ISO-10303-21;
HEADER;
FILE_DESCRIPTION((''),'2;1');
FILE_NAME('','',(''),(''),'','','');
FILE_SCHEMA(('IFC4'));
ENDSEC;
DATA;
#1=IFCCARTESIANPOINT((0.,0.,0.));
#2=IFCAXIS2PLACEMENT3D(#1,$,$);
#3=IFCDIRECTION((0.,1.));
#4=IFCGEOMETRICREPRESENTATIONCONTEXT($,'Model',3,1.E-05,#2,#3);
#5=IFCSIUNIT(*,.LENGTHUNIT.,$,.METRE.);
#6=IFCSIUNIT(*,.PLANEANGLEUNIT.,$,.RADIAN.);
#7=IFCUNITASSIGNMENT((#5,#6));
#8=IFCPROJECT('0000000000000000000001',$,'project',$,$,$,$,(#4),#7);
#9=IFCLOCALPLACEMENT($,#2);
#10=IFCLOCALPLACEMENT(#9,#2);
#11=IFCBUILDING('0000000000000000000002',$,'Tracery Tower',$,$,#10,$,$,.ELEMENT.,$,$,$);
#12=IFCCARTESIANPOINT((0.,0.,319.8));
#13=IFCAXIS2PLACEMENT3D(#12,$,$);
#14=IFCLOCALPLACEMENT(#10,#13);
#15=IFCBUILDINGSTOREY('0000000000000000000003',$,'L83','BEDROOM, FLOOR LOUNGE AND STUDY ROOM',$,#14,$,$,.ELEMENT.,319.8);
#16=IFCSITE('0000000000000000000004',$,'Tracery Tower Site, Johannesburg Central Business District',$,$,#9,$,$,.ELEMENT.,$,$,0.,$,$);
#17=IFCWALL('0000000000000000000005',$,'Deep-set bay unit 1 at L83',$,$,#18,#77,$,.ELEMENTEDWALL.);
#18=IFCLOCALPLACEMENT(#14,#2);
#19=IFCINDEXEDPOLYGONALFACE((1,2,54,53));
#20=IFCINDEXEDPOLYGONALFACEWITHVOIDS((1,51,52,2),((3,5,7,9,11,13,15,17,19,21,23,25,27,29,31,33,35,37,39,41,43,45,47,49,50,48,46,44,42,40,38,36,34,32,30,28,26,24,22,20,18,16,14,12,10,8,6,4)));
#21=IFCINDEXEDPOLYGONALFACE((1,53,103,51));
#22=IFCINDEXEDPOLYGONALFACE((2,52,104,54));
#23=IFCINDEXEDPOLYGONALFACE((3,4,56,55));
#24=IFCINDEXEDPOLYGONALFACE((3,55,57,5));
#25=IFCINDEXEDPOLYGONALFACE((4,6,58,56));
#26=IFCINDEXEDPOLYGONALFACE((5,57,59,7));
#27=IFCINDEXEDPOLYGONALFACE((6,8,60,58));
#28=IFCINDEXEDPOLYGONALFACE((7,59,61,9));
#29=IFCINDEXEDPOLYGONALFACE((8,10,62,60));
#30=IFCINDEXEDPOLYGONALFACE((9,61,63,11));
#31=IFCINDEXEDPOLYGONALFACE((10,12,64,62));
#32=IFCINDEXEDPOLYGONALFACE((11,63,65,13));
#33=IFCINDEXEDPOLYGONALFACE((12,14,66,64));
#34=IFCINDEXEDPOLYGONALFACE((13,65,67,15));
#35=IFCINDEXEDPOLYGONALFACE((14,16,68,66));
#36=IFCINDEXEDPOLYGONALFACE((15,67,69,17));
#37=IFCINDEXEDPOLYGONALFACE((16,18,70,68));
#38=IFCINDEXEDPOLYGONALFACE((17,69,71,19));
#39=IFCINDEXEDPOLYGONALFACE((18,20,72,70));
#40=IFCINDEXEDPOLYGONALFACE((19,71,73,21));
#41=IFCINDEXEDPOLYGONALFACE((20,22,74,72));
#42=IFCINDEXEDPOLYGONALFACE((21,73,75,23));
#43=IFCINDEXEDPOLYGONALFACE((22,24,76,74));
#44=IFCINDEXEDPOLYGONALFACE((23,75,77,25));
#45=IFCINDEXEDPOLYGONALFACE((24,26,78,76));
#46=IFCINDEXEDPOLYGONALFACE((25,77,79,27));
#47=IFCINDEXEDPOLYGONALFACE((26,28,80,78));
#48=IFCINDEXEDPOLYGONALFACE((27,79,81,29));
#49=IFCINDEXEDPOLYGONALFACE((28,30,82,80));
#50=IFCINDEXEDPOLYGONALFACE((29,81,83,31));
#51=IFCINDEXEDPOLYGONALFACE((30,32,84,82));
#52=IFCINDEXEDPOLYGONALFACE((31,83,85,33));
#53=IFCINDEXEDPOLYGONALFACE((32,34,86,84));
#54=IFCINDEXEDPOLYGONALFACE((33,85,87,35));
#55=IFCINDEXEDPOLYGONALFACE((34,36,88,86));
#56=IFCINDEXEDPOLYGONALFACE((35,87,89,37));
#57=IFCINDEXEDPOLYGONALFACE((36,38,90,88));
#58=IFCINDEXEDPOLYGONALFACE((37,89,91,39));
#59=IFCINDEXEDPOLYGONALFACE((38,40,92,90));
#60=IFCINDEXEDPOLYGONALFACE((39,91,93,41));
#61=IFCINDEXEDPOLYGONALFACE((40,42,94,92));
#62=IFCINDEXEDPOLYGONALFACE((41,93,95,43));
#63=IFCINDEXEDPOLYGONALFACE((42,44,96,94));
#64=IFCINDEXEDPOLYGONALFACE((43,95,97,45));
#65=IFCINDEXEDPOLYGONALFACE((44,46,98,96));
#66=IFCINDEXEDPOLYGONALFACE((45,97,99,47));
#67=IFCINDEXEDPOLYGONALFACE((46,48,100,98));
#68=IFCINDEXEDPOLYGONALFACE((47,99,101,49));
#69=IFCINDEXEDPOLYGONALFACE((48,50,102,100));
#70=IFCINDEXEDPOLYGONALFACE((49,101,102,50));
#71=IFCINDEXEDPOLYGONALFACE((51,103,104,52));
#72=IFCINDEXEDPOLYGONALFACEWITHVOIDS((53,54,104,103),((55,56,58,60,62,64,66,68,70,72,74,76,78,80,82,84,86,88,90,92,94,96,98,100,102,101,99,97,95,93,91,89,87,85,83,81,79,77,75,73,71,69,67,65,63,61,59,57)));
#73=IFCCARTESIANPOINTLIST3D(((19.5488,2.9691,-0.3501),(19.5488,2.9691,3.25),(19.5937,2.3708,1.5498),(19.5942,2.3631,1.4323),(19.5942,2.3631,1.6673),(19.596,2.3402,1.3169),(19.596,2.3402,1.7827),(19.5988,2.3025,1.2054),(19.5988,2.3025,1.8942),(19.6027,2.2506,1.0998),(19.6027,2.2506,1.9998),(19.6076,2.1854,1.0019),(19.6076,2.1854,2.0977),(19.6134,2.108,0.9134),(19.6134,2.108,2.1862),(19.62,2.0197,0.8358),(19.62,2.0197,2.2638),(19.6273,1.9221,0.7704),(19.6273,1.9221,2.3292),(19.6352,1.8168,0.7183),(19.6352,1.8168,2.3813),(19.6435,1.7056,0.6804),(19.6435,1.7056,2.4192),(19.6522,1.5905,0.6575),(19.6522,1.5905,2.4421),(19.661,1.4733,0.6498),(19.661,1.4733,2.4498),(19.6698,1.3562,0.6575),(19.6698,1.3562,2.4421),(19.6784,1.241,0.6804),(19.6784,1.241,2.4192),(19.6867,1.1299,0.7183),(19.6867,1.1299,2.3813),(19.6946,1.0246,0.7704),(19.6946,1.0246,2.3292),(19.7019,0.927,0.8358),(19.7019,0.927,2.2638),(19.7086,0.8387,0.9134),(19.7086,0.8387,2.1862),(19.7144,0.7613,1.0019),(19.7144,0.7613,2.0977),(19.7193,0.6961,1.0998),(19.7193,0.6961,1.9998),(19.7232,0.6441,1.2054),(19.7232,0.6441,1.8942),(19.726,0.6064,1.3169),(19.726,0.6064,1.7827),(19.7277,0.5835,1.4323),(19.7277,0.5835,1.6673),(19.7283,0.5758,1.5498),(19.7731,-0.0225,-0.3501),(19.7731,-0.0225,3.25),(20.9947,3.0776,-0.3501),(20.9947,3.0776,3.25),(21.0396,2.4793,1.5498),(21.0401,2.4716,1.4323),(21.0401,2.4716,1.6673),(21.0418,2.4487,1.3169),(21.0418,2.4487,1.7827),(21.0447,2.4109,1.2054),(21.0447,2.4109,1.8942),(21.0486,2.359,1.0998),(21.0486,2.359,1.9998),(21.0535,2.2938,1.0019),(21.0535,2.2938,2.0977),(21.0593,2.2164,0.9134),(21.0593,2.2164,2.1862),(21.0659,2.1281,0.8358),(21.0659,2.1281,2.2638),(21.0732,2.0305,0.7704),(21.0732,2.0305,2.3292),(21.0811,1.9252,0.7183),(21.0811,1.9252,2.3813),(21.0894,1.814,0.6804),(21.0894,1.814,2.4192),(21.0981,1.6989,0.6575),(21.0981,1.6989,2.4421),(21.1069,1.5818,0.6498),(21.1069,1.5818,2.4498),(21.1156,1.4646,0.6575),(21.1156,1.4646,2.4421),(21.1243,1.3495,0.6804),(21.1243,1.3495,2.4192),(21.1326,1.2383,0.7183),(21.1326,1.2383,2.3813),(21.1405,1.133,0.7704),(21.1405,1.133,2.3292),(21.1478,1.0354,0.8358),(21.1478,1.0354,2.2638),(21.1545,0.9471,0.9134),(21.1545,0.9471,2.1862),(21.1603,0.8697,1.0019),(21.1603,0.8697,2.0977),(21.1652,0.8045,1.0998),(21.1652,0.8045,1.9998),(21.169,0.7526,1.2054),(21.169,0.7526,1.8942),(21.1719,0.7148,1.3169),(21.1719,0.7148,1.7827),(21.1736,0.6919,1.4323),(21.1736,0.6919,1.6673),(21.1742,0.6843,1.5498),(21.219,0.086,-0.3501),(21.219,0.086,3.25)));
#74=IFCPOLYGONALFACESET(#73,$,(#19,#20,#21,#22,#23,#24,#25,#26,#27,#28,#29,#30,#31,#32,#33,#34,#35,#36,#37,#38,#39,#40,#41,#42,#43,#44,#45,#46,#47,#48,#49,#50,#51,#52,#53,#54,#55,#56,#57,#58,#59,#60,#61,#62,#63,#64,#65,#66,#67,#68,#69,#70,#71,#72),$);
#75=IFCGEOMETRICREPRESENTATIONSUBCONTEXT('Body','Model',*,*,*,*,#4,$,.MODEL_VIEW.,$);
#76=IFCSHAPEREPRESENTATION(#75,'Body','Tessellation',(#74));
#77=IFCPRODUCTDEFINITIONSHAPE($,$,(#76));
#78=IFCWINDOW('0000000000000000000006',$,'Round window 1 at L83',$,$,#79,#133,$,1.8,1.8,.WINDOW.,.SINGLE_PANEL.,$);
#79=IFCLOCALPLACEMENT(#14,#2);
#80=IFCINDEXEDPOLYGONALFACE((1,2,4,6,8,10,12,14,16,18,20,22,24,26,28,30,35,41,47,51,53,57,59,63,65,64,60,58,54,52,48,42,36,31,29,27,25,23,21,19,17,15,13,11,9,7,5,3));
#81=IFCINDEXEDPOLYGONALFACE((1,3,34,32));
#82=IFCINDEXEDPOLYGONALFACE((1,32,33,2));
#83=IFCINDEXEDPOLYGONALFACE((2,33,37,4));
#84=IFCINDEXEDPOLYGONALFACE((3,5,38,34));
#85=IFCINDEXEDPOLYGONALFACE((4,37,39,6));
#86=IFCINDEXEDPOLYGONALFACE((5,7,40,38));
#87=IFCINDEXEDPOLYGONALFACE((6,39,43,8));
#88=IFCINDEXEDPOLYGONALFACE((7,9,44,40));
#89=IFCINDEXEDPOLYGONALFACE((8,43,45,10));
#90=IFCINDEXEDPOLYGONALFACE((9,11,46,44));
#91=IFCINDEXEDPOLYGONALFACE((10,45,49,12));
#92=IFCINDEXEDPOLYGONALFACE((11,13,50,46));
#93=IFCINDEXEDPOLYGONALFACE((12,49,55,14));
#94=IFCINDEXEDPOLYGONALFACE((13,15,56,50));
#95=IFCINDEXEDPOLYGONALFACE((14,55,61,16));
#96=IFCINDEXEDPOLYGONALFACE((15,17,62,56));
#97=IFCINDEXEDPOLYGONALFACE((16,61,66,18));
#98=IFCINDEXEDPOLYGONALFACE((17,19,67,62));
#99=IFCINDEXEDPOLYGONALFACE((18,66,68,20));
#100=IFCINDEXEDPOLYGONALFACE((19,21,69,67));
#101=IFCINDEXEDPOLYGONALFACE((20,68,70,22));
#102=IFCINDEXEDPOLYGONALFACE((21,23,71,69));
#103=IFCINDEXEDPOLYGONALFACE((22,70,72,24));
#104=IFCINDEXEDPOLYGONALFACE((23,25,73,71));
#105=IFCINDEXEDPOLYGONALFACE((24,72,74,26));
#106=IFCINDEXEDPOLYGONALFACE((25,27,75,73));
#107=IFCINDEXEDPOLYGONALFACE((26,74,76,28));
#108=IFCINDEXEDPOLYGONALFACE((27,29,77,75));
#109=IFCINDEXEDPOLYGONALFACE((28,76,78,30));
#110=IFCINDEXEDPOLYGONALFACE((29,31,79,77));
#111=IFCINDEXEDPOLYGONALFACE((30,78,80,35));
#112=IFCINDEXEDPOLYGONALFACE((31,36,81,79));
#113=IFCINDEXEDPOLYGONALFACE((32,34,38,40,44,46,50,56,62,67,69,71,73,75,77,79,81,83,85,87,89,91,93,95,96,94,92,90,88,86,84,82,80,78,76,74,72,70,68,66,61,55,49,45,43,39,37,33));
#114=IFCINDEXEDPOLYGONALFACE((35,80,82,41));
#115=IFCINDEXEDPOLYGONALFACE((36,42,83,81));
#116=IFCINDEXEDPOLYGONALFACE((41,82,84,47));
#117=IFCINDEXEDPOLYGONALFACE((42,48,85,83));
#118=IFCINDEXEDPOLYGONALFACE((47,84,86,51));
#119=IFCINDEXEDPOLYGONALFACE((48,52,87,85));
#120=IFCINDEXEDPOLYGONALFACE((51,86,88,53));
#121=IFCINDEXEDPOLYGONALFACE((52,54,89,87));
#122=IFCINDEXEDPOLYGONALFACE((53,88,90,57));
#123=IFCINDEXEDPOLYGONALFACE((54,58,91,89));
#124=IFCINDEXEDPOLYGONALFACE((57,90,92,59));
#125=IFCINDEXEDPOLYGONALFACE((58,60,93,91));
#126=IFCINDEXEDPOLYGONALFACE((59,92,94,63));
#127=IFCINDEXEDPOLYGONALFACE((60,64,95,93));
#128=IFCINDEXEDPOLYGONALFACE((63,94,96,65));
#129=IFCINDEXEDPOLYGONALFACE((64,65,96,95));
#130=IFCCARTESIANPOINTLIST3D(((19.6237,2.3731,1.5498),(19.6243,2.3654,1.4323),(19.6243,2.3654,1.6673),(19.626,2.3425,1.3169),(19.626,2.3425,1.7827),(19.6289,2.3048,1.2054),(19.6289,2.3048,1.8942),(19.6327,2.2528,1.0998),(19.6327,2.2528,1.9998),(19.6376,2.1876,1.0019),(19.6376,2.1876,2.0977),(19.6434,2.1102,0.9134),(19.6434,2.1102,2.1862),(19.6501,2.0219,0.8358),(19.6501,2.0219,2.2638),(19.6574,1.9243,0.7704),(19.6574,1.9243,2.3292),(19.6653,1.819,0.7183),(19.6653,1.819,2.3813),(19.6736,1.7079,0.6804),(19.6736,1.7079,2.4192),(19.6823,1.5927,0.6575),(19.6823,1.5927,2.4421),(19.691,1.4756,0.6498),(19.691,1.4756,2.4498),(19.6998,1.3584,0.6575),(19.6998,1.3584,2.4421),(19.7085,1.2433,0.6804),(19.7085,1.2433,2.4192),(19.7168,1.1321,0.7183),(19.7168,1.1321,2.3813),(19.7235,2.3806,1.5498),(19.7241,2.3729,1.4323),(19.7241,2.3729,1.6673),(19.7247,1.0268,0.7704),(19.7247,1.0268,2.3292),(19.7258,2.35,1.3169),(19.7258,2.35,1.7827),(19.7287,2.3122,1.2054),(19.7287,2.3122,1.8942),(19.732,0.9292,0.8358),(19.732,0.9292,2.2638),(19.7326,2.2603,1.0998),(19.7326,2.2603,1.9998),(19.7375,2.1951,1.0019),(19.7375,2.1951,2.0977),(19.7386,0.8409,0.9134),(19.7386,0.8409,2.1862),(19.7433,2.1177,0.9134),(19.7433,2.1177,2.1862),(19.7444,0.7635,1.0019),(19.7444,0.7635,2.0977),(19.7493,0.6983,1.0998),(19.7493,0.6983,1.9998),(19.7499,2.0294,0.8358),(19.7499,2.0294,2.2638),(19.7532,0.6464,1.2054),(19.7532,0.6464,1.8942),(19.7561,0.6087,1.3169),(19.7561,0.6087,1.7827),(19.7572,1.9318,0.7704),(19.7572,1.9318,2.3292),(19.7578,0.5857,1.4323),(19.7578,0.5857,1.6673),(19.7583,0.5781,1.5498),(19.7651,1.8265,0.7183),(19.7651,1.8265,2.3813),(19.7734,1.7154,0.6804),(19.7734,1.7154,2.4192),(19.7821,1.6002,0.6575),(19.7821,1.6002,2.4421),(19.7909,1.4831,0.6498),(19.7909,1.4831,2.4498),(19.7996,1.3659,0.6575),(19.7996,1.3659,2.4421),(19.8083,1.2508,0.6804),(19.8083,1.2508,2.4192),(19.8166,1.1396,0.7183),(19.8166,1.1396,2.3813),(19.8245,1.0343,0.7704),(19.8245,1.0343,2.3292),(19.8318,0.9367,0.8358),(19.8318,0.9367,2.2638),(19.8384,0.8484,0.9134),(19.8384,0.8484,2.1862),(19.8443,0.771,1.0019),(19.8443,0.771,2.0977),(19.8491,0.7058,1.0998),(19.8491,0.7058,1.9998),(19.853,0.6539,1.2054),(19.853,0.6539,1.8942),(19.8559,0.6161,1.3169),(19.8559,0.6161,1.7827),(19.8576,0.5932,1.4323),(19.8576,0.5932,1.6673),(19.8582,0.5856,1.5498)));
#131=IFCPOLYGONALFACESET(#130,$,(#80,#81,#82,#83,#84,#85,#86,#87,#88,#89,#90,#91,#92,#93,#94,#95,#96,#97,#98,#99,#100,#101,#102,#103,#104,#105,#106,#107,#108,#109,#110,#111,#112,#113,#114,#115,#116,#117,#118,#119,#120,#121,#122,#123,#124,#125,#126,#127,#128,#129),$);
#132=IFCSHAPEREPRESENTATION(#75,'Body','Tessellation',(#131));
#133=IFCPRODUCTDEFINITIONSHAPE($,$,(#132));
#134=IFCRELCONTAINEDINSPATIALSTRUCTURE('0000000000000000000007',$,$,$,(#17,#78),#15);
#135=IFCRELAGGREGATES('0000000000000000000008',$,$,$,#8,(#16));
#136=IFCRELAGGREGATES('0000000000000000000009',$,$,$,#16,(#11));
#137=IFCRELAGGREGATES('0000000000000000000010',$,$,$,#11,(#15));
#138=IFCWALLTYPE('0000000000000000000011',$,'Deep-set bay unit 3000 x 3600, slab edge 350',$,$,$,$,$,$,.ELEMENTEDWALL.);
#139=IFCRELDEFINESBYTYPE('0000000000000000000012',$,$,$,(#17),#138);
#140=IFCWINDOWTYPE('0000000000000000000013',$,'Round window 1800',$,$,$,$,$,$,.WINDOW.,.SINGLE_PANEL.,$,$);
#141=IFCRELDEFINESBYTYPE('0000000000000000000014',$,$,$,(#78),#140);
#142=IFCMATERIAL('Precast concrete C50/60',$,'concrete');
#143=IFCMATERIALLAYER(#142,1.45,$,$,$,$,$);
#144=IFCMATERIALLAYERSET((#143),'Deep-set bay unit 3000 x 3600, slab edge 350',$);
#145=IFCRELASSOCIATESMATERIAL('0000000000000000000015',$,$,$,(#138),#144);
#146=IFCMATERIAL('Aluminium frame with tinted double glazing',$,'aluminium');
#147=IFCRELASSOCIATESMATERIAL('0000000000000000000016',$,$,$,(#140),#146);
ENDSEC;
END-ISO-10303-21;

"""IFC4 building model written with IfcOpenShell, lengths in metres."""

from ifc_helpers import new_model, si_unit, direction, frame, frame_2d, origin, origin_2d, place, context, subcontext, project, spatial, rectangle, circle, extrude, material, layer, layer_set, type_object, element, fill, save


model = new_model("IFC4")

# Units and contexts
model_context = context("Model", 3, precision=1e-05, world=origin(), true_north=direction((0.0, 1.0)))
body_context = subcontext(model_context, "Body", "Model", "MODEL_VIEW")
ifc_project = project(units=[si_unit("LENGTHUNIT", "METRE"), si_unit("PLANEANGLEUNIT", "RADIAN")], contexts=[model_context])

# Site, building, storey
site_placement = place(None, origin())
site = spatial("IfcSite", under=ifc_project, at=site_placement, Name="Tracery Tower Site, Johannesburg Central Business District", CompositionType="ELEMENT", RefElevation=0.0)
building_placement = place(site_placement, origin())
building = spatial("IfcBuilding", under=site, at=building_placement, Name="Tracery Tower", CompositionType="ELEMENT")
storey_placement = place(building_placement, frame((0.0, 0.0, 319.8)))
storey = spatial("IfcBuildingStorey", under=building, at=storey_placement, Name="L83", Description="BEDROOM, FLOOR LOUNGE AND STUDY ROOM", CompositionType="ELEMENT", Elevation=319.8)

# Wall, opening, window
ifc_material_1 = material(Name="Precast concrete C50/60", Category="concrete")
ifc_layer_1 = layer(ifc_material_1, 1.45)
ifc_layer_set_1 = layer_set([ifc_layer_1], Name="Deep-set bay unit 3000 x 3600, slab edge 350")
wall_type_1 = type_object("IfcWallType", Name="Deep-set bay unit 3000 x 3600, slab edge 350", PredefinedType="ELEMENTEDWALL", material=ifc_layer_set_1)
wall_1_placement = place(storey_placement, frame((20.4961, 0.0317, -0.3501), z_axis=(0.0, 0.0, 1.0), x_axis=(-0.074786, 0.9972, 0.0)))
wall_1 = element("IfcWall", 1, at=wall_1_placement, inside=storey, type_object=wall_type_1, Name="Deep-set bay unit 1 at L83", PredefinedType="ELEMENTEDWALL", context=body_context, shape_type="SweptSolid", body=[
    extrude(rectangle(XDim=3.0, YDim=1.45, at=frame_2d((1.5, 0.0))), origin(), (0.0, 0.0, 1.0), 3.6001),
])
opening_1_placement = place(wall_1_placement, frame((1.5, 0.0, 1.8999)))
opening_1 = element("IfcOpeningElement", 2, at=opening_1_placement, cuts=wall_1, PredefinedType="OPENING", context=body_context, shape_type="SweptSolid", body=[
    extrude(circle(Radius=0.9, at=origin_2d()), frame((0.0, 0.7349, 0.0), z_axis=(0.0, -1.0, 0.0), x_axis=(1.0, 0.0, 0.0)), (0.0, 0.0, 1.0), 1.47),
])
ifc_material_2 = material(Name="Aluminium frame with tinted double glazing", Category="aluminium")
window_type = type_object("IfcWindowType", Name="Round window 1800", PartitioningType="SINGLE_PANEL", PredefinedType="WINDOW", material=ifc_material_2)
window_1_placement = place(opening_1_placement, origin())
window_1 = element("IfcWindow", 3, at=window_1_placement, inside=storey, type_object=window_type, Name="Round window 1 at L83", OverallHeight=1.8, OverallWidth=1.8, PartitioningType="SINGLE_PANEL", PredefinedType="WINDOW", context=body_context, shape_type="SweptSolid", body=[
    extrude(circle(Radius=0.9, at=origin_2d()), frame((0.0, 0.6948, 0.0), z_axis=(0.0, -1.0, 0.0), x_axis=(1.0, 0.0, 0.0)), (0.0, 0.0, 1.0), 0.1001),
])
fill(opening_1, window_1)

save(model, "model.ifc")
